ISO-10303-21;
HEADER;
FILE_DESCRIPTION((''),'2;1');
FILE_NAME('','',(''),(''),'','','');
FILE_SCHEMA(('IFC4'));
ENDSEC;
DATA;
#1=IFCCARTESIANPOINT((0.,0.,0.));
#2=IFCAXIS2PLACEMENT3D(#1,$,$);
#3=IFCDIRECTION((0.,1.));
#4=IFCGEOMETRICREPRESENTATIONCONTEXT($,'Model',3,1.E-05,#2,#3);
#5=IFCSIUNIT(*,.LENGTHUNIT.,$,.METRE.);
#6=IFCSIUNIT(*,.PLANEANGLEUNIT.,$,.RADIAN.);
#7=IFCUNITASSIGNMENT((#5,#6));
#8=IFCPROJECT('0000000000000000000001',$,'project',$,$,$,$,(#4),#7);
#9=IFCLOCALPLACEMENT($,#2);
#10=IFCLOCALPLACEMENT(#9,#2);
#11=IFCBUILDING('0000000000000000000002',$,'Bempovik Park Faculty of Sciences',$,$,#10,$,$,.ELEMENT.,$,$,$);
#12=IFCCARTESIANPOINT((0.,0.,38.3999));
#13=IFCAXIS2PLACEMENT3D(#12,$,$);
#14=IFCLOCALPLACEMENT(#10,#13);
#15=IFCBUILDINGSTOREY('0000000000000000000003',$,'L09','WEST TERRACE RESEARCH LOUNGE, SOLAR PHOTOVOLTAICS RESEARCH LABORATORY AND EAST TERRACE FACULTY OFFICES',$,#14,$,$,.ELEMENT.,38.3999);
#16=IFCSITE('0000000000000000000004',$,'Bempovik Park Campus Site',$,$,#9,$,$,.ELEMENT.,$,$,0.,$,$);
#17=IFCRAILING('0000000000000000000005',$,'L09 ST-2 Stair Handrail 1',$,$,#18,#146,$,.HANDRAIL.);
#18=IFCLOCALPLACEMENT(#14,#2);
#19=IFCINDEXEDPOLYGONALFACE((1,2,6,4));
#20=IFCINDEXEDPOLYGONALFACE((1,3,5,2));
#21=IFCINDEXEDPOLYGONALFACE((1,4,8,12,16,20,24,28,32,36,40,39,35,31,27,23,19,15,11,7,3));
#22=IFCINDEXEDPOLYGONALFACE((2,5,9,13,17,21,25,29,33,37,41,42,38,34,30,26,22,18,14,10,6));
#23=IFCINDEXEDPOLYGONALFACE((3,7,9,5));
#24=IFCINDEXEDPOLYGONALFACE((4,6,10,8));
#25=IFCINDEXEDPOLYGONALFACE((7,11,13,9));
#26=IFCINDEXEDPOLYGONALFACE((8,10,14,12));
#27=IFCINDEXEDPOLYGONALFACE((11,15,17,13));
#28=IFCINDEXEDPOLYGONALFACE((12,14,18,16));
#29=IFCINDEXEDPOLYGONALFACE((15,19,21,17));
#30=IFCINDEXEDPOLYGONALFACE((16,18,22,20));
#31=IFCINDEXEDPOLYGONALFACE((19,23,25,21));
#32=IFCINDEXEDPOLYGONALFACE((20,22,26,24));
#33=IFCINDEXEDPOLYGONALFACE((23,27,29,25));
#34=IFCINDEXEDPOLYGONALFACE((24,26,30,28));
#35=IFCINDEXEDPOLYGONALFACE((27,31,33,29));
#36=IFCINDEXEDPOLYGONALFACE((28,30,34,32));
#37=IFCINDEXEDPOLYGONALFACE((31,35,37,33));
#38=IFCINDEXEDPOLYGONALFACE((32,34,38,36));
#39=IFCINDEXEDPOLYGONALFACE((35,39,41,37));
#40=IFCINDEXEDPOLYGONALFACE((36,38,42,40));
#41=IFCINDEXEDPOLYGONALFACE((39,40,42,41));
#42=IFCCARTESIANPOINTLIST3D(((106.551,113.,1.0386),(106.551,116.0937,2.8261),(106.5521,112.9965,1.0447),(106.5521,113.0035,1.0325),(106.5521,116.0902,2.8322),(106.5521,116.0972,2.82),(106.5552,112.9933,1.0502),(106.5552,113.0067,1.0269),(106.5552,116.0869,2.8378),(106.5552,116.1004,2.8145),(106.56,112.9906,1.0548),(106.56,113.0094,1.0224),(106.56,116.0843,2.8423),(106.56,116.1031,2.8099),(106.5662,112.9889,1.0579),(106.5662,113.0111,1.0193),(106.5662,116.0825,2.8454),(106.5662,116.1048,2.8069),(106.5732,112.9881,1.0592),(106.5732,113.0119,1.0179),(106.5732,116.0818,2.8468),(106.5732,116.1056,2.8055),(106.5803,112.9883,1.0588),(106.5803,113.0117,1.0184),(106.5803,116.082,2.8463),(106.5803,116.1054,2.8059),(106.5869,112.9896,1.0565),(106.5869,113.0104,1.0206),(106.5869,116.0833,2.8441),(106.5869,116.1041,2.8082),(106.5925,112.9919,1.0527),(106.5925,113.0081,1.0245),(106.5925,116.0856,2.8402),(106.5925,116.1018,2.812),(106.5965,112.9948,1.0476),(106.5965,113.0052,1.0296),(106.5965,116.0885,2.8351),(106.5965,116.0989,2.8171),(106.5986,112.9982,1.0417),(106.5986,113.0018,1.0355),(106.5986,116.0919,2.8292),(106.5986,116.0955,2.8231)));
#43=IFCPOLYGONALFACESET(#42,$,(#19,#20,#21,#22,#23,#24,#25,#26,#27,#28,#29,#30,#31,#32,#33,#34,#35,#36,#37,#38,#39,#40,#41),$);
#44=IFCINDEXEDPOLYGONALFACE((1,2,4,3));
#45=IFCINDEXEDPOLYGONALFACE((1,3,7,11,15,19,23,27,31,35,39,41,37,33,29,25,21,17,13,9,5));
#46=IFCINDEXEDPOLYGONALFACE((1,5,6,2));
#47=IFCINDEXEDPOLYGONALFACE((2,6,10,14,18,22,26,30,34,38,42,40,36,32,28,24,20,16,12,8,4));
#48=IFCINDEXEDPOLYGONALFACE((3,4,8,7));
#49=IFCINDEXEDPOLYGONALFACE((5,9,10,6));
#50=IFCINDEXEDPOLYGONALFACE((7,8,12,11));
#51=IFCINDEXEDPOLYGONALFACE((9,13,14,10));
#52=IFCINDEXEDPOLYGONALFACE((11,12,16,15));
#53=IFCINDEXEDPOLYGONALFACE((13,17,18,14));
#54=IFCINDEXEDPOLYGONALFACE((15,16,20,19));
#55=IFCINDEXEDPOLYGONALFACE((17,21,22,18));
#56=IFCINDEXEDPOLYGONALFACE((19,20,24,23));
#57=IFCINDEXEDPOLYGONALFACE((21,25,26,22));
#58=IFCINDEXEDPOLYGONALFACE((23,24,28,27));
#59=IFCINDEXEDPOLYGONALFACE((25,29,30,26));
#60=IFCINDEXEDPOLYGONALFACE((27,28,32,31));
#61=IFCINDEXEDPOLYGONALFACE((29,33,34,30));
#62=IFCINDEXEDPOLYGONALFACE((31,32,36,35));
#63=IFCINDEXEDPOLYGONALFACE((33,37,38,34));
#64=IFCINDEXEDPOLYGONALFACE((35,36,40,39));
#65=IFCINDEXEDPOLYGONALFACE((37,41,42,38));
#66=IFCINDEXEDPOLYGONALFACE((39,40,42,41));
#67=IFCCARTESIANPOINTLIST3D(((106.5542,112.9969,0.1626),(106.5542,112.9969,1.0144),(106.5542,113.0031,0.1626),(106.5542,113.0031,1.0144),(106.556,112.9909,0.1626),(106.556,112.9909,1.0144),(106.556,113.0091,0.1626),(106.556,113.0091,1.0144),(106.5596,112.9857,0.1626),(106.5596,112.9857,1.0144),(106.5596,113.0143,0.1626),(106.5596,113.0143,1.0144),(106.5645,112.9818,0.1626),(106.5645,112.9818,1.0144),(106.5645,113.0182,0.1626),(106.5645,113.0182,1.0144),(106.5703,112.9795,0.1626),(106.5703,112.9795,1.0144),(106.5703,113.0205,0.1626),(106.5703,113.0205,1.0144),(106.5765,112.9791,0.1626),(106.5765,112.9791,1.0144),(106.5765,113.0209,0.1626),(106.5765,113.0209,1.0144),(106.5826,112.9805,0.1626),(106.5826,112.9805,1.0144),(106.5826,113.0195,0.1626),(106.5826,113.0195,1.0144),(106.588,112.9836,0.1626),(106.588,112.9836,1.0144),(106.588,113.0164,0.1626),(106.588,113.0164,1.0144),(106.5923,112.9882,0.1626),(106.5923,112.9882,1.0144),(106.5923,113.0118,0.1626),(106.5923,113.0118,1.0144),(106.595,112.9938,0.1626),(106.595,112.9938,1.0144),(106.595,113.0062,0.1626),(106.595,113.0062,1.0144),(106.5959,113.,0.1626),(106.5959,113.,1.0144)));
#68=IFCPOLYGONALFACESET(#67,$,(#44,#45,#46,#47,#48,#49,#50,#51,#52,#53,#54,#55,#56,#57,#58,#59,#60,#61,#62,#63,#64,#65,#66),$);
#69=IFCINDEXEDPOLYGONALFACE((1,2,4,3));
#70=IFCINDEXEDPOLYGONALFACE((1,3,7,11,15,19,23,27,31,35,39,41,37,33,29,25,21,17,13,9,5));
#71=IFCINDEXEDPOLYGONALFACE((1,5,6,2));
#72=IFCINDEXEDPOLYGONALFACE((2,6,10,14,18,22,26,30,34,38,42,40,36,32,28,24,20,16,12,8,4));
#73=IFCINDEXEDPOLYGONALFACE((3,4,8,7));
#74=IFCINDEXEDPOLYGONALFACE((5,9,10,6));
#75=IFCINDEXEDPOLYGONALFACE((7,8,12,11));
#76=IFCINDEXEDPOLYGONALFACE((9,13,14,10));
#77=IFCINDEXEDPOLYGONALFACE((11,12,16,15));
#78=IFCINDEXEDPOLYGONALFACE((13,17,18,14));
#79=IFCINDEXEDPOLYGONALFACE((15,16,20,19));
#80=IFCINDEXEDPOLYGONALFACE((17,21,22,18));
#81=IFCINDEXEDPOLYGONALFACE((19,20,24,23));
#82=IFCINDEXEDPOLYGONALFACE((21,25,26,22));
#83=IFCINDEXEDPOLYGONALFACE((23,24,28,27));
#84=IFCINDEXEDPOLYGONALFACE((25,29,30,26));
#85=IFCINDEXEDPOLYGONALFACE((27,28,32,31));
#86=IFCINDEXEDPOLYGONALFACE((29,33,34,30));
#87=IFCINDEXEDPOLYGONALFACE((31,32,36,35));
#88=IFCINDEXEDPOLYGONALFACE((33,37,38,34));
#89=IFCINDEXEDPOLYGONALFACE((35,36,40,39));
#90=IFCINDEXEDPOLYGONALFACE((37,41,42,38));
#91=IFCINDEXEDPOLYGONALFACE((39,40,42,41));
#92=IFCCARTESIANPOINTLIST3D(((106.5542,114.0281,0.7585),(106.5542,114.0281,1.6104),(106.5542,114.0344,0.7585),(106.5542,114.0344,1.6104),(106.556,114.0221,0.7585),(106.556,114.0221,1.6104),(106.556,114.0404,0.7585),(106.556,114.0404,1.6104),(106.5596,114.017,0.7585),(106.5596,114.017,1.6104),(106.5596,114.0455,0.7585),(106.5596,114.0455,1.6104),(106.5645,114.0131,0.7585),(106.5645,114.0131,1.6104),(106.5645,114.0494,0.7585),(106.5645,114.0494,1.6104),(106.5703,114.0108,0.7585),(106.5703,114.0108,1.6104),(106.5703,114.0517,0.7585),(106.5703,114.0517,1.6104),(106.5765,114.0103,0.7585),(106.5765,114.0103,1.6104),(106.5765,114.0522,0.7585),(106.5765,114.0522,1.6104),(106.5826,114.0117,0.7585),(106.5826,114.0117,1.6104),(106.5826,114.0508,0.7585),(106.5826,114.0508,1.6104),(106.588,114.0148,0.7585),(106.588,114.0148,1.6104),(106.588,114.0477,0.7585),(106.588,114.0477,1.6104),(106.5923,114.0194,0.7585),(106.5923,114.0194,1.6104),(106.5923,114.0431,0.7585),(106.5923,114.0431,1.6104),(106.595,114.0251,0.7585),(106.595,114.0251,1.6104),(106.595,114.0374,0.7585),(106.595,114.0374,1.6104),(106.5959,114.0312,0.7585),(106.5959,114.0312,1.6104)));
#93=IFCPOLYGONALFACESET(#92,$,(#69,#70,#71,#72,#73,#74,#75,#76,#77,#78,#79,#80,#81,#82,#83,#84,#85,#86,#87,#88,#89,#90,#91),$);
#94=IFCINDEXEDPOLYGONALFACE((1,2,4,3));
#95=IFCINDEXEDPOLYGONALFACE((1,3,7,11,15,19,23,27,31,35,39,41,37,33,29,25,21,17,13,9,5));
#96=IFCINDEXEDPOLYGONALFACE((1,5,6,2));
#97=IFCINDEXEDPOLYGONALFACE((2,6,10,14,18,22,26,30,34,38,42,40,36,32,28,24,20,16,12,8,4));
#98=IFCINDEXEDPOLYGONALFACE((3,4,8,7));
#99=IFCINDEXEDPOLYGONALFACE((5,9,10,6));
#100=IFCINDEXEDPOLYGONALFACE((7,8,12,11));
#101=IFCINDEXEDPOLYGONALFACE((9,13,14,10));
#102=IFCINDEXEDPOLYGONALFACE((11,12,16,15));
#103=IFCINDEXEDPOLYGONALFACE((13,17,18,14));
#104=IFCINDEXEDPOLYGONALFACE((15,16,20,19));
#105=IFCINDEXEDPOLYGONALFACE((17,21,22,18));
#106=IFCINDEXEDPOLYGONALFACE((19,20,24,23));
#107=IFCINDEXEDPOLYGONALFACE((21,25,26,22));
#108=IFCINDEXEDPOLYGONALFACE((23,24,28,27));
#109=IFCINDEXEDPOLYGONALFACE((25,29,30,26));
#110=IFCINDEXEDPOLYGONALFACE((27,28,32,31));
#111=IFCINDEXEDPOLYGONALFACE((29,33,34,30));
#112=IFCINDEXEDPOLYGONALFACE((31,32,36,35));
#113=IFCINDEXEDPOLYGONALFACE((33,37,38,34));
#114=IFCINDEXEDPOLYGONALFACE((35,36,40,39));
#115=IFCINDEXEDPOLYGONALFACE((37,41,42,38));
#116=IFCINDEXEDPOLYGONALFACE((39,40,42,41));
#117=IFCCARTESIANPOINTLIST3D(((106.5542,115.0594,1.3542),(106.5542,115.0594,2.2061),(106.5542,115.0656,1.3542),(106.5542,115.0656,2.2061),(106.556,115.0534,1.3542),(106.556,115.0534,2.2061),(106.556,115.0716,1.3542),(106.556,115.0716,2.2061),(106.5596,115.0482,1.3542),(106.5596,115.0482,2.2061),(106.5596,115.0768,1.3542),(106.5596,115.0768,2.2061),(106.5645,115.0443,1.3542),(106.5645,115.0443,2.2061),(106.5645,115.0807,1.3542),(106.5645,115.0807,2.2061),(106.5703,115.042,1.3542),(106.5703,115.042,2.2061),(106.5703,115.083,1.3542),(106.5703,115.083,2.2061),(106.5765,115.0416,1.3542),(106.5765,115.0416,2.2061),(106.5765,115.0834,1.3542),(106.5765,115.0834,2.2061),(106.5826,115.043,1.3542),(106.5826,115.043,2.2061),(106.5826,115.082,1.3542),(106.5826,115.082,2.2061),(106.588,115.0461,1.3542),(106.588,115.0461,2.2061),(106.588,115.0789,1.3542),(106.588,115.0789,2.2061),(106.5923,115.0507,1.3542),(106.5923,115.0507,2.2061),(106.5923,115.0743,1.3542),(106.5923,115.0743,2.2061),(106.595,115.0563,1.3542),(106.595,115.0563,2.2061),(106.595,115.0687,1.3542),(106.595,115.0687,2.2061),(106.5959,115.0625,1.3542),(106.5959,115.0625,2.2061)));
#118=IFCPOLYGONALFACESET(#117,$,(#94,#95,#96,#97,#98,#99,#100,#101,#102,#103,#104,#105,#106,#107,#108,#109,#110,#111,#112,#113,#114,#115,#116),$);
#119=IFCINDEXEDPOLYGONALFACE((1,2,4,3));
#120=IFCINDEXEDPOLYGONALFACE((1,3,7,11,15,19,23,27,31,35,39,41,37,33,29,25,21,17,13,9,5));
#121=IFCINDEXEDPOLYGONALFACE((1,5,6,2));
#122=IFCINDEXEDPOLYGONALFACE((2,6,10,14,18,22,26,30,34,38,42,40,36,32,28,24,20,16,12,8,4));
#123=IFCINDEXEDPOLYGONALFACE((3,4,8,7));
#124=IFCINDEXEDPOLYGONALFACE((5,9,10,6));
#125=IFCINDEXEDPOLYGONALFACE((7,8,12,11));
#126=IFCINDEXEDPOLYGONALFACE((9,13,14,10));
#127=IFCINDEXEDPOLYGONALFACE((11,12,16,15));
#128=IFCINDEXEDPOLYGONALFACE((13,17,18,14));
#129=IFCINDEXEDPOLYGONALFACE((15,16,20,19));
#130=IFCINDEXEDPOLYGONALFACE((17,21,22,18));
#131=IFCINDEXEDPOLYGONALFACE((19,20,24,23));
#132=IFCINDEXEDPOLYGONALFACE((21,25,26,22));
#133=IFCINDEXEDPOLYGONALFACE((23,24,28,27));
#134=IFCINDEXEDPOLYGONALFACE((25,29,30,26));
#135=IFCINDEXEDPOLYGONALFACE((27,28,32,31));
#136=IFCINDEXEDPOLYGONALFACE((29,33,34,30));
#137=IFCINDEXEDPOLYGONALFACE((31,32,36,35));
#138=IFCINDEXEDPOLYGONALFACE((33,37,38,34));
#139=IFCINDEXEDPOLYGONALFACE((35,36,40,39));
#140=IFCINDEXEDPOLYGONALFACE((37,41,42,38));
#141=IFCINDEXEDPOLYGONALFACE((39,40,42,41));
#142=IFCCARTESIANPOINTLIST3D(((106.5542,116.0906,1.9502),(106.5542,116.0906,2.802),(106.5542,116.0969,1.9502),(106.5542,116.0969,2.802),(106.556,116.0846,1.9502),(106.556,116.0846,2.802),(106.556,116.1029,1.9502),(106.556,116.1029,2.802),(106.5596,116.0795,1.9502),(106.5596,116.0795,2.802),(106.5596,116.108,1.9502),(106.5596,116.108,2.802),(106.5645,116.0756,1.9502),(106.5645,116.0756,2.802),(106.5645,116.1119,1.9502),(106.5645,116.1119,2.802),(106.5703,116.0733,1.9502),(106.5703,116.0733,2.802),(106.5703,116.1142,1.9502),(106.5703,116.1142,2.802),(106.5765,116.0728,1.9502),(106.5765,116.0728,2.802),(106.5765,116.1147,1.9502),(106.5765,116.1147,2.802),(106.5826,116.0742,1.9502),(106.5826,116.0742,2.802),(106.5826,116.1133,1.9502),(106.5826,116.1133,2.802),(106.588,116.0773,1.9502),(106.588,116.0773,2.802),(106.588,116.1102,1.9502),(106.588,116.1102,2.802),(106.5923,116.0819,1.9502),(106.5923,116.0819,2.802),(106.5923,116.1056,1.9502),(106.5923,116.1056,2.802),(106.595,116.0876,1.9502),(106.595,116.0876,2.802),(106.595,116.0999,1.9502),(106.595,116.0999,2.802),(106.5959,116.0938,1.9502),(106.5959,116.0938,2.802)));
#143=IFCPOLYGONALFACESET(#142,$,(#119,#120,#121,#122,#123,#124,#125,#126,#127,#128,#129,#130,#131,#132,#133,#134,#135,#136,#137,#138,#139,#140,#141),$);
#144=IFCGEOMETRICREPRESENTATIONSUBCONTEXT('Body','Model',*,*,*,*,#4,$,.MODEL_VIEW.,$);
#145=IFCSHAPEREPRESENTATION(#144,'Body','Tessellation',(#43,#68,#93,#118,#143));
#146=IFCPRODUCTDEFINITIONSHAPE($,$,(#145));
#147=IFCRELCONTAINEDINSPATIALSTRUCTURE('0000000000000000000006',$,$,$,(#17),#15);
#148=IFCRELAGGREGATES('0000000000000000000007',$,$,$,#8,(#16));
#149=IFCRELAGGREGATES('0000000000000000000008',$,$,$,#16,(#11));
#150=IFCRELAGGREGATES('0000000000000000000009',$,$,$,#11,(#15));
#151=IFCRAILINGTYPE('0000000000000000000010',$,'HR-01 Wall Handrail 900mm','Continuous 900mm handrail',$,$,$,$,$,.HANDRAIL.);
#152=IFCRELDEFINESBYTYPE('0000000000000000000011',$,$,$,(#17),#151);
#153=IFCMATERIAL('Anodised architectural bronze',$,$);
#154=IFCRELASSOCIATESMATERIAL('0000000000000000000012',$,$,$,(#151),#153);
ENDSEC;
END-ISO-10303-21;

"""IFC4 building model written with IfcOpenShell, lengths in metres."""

from ifc_helpers import new_model, si_unit, direction, frame, origin, origin_2d, place, context, subcontext, project, spatial, circle, extrude, material, type_object, element, save


model = new_model("IFC4")

# Units and contexts
model_context = context("Model", 3, precision=1e-05, world=origin(), true_north=direction((0.0, 1.0)))
body_context = subcontext(model_context, "Body", "Model", "MODEL_VIEW")
ifc_project = project(units=[si_unit("LENGTHUNIT", "METRE"), si_unit("PLANEANGLEUNIT", "RADIAN")], contexts=[model_context])

# Site, building, storey
site_placement = place(None, origin())
site = spatial("IfcSite", under=ifc_project, at=site_placement, Name="Bempovik Park Campus Site", CompositionType="ELEMENT", RefElevation=0.0)
building_placement = place(site_placement, origin())
building = spatial("IfcBuilding", under=site, at=building_placement, Name="Bempovik Park Faculty of Sciences", CompositionType="ELEMENT")
storey_placement = place(building_placement, frame((0.0, 0.0, 38.3999)))
storey = spatial("IfcBuildingStorey", under=building, at=storey_placement, Name="L09", Description="WEST TERRACE RESEARCH LOUNGE, SOLAR PHOTOVOLTAICS RESEARCH LABORATORY AND EAST TERRACE FACULTY OFFICES", CompositionType="ELEMENT", Elevation=38.3999)

# Railing
ifc_material_1 = material(Name="Anodised architectural bronze")
railing_type_1 = type_object("IfcRailingType", Name="HR-01 Wall Handrail 900mm", Description="Continuous 900mm handrail", PredefinedType="HANDRAIL", material=ifc_material_1)
railing_1_placement = place(storey_placement, frame((106.575, 113.0, 0.1626)))
element("IfcRailing", 1, at=railing_1_placement, inside=storey, type_object=railing_type_1, Name="L09 ST-2 Stair Handrail 1", PredefinedType="HANDRAIL", context=body_context, shape_type="SweptSolid", body=[
    extrude(circle(Radius=0.0239, at=origin_2d()), frame((0.0, 0.0, 0.876), z_axis=(0.0, 0.865853, 0.500298), x_axis=(-1.0, 0.0, 0.0)), (0.0, 0.0, 1.0), 3.573),
    extrude(circle(Radius=0.021, at=origin_2d()), origin(), (0.0, 0.0, 1.0), 0.8518),
    extrude(circle(Radius=0.021, at=origin_2d()), frame((0.0, 1.0312, 0.5959)), (0.0, 0.0, 1.0), 0.8518),
    extrude(circle(Radius=0.021, at=origin_2d()), frame((0.0, 2.0625, 1.1917)), (0.0, 0.0, 1.0), 0.8518),
    extrude(circle(Radius=0.021, at=origin_2d()), frame((0.0, 3.0938, 1.7876)), (0.0, 0.0, 1.0), 0.8518),
])

save(model, "model.ifc")
